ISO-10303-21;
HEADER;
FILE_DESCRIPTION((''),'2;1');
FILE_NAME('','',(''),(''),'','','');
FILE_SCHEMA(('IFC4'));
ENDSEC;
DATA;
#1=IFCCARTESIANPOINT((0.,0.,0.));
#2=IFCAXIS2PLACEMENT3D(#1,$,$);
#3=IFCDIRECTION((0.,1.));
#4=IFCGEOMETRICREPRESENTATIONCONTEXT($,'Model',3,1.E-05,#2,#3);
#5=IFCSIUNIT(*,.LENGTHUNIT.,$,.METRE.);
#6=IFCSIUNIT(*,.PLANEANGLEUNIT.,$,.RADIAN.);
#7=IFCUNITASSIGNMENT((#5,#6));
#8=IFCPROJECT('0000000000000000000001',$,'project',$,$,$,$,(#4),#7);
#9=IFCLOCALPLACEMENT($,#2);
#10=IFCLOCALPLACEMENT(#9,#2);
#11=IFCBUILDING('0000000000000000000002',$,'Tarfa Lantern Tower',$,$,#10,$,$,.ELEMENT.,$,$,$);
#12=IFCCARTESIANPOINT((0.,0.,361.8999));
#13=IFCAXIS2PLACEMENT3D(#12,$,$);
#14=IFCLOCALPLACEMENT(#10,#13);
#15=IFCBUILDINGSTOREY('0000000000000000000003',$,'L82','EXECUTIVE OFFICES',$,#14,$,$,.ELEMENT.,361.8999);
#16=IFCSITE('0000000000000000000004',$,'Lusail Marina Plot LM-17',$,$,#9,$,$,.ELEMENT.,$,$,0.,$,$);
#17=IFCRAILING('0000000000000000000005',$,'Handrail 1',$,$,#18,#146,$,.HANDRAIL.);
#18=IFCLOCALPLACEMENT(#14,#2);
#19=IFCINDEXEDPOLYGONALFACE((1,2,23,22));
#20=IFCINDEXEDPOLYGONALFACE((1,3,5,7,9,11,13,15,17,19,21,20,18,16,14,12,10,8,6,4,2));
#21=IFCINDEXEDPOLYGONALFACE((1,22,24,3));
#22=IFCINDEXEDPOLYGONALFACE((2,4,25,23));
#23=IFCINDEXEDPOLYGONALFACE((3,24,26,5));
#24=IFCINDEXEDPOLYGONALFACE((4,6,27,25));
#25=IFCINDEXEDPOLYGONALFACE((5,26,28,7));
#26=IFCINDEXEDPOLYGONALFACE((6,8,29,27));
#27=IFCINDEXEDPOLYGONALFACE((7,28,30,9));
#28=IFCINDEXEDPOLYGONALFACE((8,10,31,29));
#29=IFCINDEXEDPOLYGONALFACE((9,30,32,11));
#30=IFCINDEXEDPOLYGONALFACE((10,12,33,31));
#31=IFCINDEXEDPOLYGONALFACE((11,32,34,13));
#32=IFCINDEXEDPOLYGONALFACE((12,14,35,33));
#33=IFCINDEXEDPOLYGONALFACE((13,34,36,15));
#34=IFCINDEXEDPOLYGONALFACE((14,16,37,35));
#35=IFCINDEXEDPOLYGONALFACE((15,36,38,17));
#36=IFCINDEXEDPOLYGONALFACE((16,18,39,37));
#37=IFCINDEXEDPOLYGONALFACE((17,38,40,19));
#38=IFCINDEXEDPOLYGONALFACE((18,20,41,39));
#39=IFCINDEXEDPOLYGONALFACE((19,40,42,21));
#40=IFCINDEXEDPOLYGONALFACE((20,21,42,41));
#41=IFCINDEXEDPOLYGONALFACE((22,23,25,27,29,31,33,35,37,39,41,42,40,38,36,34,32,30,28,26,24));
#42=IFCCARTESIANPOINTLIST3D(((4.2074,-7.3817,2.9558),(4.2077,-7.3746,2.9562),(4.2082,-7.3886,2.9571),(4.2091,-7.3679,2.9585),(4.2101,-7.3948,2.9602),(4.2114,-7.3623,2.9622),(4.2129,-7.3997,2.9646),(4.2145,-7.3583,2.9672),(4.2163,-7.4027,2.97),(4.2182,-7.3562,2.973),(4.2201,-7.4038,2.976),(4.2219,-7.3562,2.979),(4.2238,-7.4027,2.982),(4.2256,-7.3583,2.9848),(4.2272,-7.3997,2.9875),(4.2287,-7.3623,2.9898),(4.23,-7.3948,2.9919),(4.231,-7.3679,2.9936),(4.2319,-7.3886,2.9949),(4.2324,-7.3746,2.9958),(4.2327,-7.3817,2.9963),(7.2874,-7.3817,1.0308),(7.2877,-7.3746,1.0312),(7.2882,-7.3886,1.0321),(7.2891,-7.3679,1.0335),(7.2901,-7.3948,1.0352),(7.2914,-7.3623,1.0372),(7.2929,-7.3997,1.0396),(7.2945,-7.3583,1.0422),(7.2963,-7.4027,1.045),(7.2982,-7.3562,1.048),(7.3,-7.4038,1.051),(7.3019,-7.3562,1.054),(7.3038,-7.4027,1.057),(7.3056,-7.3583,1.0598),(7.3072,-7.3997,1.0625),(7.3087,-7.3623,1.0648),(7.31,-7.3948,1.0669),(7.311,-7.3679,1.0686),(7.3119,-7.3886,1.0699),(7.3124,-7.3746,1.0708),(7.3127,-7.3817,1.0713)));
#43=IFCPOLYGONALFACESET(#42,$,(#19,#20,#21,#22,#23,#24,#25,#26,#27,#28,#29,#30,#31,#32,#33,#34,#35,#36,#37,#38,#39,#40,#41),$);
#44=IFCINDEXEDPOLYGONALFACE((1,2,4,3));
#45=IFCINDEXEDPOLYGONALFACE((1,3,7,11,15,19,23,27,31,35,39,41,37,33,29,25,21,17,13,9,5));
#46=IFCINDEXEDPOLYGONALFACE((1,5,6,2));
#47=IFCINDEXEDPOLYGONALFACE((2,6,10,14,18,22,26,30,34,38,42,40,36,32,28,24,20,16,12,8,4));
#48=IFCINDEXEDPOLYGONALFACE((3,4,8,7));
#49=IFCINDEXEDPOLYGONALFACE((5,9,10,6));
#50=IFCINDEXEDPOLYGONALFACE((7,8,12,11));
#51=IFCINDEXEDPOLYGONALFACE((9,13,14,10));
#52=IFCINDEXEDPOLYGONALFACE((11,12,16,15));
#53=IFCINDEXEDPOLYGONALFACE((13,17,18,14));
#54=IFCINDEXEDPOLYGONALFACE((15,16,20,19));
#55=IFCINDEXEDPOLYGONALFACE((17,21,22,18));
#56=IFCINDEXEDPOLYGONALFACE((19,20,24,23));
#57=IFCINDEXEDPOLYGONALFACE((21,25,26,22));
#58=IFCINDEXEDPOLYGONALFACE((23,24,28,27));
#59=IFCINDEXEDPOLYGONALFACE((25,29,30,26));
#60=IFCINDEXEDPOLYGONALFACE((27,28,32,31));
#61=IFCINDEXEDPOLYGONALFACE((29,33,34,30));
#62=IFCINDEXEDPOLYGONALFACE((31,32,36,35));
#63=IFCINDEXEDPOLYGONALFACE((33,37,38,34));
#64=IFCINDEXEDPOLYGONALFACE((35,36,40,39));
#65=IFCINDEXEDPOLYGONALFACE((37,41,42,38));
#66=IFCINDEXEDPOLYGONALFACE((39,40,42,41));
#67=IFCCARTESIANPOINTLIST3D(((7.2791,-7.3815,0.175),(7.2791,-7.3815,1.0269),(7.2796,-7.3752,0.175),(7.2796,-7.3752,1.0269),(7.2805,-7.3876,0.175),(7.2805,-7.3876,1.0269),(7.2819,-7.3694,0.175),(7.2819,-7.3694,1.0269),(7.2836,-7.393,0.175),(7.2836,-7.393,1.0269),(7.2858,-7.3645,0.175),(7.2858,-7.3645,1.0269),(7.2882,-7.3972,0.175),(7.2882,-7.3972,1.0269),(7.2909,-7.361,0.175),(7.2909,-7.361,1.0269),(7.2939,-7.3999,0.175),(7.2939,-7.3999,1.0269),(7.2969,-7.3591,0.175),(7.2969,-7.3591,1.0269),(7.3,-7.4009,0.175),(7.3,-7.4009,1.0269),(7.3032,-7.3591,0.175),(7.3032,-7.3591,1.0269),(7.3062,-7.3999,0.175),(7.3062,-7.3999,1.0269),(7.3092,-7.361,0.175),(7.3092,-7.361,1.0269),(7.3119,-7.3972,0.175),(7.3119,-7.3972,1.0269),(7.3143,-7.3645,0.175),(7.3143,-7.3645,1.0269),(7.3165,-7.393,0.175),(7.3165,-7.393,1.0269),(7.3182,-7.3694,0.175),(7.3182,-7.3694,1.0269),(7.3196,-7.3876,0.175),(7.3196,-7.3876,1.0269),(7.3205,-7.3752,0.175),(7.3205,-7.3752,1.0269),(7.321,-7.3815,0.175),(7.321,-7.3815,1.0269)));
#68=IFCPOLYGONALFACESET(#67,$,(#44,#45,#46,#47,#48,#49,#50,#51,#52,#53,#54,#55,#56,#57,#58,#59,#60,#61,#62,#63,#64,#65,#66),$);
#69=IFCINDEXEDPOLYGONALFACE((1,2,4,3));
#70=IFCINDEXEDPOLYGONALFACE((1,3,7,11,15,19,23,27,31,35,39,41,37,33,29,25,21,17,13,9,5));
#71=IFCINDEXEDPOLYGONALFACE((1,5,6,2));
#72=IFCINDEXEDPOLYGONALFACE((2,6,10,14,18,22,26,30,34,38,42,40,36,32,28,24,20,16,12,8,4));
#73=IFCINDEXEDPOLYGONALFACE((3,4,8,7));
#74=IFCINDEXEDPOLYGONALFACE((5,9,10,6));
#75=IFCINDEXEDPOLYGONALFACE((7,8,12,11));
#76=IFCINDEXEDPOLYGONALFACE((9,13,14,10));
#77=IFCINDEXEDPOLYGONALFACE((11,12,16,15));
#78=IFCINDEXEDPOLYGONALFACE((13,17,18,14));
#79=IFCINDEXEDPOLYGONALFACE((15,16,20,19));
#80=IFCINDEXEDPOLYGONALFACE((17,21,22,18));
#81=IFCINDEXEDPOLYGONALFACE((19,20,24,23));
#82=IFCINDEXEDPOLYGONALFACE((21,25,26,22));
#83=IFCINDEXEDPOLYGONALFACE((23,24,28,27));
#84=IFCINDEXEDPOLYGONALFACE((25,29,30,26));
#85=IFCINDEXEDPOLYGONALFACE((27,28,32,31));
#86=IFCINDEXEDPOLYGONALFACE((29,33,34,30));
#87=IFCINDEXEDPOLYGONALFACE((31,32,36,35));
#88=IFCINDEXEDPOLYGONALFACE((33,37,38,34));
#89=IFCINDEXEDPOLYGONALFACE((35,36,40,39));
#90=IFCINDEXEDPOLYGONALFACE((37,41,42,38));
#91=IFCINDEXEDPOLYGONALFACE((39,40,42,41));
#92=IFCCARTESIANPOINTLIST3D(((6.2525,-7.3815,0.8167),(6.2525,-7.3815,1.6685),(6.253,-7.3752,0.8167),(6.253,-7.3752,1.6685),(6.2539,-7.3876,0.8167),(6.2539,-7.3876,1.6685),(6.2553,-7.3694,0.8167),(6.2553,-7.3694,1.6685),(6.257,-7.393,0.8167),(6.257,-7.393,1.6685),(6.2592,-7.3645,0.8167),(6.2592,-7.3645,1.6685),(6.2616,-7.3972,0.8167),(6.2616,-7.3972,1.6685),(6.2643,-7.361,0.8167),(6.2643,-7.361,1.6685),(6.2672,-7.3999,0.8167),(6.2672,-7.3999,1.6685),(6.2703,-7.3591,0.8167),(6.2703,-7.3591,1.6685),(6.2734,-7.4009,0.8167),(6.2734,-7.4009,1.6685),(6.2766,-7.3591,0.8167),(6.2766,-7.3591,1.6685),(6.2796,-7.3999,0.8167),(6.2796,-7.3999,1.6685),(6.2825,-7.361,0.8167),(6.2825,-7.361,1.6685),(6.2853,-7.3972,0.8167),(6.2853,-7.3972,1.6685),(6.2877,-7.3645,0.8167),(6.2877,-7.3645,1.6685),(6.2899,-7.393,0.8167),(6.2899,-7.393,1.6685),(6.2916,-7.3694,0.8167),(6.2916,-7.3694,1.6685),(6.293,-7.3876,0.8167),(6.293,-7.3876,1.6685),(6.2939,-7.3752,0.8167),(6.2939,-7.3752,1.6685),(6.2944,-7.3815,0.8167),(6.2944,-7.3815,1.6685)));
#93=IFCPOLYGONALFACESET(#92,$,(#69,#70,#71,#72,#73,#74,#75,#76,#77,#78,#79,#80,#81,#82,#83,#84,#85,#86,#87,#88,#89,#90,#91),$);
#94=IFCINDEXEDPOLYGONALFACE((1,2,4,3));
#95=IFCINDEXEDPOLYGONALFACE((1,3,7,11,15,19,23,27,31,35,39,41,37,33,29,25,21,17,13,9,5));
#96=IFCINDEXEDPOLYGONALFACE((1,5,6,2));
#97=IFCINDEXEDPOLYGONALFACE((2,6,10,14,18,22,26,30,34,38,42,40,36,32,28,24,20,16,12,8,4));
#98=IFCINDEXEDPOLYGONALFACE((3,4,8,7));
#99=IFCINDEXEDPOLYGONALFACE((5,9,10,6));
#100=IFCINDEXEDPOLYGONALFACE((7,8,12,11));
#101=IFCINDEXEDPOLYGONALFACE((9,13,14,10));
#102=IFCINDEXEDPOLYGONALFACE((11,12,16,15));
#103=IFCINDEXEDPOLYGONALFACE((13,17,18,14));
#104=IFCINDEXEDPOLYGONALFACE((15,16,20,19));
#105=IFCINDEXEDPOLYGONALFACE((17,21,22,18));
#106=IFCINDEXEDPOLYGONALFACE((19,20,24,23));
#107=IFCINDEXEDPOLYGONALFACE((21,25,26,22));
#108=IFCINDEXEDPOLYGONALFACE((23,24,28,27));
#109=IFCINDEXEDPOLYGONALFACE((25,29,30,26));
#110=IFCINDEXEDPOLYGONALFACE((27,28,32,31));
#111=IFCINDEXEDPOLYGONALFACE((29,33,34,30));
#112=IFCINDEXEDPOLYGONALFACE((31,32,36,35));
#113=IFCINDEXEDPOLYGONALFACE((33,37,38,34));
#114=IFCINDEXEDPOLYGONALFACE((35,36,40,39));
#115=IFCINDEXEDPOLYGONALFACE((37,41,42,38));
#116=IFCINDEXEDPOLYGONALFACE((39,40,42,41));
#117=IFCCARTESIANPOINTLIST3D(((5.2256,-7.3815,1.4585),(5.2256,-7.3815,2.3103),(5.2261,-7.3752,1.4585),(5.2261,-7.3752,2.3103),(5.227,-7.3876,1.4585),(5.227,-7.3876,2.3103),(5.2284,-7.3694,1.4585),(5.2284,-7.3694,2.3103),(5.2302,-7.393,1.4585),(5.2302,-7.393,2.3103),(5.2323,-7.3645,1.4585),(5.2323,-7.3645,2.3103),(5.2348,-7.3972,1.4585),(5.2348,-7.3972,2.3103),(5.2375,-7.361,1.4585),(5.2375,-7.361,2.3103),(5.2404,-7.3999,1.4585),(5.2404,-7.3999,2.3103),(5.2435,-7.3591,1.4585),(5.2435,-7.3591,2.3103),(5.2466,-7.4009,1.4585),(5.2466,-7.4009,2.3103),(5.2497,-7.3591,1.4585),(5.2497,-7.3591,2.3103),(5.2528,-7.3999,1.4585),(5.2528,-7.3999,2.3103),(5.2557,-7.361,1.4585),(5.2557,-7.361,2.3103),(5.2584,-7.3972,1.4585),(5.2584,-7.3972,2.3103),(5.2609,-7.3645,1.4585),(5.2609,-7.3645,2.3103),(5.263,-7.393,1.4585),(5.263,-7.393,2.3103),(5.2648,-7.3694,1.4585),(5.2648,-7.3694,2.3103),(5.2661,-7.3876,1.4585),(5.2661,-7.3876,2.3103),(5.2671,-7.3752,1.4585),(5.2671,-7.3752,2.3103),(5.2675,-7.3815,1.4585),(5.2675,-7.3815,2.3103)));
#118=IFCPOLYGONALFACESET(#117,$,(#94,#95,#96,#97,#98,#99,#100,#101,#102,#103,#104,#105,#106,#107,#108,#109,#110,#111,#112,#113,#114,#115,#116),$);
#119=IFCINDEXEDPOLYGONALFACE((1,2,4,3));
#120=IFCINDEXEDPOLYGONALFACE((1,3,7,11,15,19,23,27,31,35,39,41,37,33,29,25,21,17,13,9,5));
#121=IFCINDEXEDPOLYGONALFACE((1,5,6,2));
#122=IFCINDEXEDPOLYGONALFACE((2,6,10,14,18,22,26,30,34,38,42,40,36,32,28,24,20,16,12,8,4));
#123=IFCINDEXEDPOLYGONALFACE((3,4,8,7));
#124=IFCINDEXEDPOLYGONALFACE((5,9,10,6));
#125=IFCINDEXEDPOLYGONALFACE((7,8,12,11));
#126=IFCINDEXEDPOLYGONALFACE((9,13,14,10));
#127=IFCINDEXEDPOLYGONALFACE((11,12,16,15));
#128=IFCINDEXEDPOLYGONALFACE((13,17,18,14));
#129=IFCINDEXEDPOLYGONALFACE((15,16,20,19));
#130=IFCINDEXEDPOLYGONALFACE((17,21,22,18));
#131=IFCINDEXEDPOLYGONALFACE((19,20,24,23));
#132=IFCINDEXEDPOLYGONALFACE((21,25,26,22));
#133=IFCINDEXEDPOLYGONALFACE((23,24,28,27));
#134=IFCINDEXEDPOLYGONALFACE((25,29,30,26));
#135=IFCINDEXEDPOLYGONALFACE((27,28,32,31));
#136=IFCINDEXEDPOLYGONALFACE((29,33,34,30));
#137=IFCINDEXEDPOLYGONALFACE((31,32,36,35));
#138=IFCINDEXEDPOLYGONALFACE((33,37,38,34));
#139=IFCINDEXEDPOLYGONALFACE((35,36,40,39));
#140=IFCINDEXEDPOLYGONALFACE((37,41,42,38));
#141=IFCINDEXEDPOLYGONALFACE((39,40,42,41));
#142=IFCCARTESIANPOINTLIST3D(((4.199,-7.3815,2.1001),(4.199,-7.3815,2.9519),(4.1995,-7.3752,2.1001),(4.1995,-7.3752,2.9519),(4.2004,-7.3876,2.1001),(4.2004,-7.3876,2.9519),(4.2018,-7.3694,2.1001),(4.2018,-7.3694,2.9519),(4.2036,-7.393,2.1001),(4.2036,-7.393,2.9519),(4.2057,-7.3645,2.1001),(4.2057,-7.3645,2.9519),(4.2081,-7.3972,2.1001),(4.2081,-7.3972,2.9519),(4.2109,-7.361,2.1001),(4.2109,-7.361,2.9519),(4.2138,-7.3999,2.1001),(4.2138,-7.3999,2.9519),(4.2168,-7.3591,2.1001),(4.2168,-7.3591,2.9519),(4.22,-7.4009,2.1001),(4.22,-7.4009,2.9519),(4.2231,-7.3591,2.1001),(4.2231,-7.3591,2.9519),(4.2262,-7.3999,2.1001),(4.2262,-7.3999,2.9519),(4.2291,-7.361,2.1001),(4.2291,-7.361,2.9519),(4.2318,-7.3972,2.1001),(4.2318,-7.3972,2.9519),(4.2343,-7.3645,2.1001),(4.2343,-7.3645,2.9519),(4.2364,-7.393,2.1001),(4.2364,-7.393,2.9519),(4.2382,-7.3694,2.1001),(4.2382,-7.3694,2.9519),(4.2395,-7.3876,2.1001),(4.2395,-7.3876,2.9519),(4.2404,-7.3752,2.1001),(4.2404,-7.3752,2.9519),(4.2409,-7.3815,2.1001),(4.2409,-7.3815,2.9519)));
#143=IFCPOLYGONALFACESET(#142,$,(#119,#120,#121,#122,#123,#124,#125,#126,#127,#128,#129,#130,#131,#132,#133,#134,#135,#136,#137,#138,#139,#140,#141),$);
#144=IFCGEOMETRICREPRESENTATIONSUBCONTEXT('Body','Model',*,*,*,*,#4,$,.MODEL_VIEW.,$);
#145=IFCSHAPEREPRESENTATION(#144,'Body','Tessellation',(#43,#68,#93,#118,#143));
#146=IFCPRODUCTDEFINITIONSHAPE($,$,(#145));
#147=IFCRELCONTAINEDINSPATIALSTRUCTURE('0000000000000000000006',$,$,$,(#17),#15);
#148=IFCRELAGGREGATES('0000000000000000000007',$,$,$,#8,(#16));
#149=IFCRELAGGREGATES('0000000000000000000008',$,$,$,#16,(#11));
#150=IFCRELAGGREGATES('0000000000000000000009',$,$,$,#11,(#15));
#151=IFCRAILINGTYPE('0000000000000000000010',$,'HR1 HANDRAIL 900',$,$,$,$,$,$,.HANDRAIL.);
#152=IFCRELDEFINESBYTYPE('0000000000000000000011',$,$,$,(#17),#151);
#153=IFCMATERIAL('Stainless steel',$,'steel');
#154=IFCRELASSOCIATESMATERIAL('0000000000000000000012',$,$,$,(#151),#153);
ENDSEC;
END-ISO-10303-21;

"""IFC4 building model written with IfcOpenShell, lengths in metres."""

from ifc_helpers import new_model, si_unit, direction, frame, origin, origin_2d, place, context, subcontext, project, spatial, circle, extrude, material, type_object, element, save


model = new_model("IFC4")

# Units and contexts
model_context = context("Model", 3, precision=1e-05, world=origin(), true_north=direction((0.0, 1.0)))
body_context = subcontext(model_context, "Body", "Model", "MODEL_VIEW")
ifc_project = project(units=[si_unit("LENGTHUNIT", "METRE"), si_unit("PLANEANGLEUNIT", "RADIAN")], contexts=[model_context])

# Site, building, storey
site_placement = place(None, origin())
site = spatial("IfcSite", under=ifc_project, at=site_placement, Name="Lusail Marina Plot LM-17", CompositionType="ELEMENT", RefElevation=0.0)
building_placement = place(site_placement, origin())
building = spatial("IfcBuilding", under=site, at=building_placement, Name="Tarfa Lantern Tower", CompositionType="ELEMENT")
storey_placement = place(building_placement, frame((0.0, 0.0, 361.8999)))
storey = spatial("IfcBuildingStorey", under=building, at=storey_placement, Name="L82", Description="EXECUTIVE OFFICES", CompositionType="ELEMENT", Elevation=361.8999)

# Railing
ifc_material_1 = material(Name="Stainless steel", Category="steel")
railing_type = type_object("IfcRailingType", Name="HR1 HANDRAIL 900", PredefinedType="HANDRAIL", material=ifc_material_1)
railing_1_placement = place(storey_placement, frame((7.3, -7.3799, 0.175)))
element("IfcRailing", 1, at=railing_1_placement, inside=storey, type_object=railing_type, Name="Handrail 1", PredefinedType="HANDRAIL", context=body_context, shape_type="SweptSolid", body=[
    extrude(circle(Radius=0.0239, at=origin_2d()), frame((0.0, 0.0, 0.876), z_axis=(-0.847998, 0.0, 0.529999), x_axis=(0.0, -1.0, 0.0)), (0.0, 0.0, 1.0), 3.6321),
    extrude(circle(Radius=0.021, at=origin_2d()), frame((0.0, 0.0, 0.0), z_axis=(0.0, 0.0, 1.0), x_axis=(0.0, -1.0, 0.0)), (0.0, 0.0, 1.0), 0.8518),
    extrude(circle(Radius=0.021, at=origin_2d()), frame((-1.0266, 0.0, 0.6416), z_axis=(0.0, 0.0, 1.0), x_axis=(0.0, -1.0, 0.0)), (0.0, 0.0, 1.0), 0.8518),
    extrude(circle(Radius=0.021, at=origin_2d()), frame((-2.0535, 0.0, 1.2834), z_axis=(0.0, 0.0, 1.0), x_axis=(0.0, -1.0, 0.0)), (0.0, 0.0, 1.0), 0.8518),
    extrude(circle(Radius=0.021, at=origin_2d()), frame((-3.0801, 0.0, 1.925), z_axis=(0.0, 0.0, 1.0), x_axis=(0.0, -1.0, 0.0)), (0.0, 0.0, 1.0), 0.8518),
])

save(model, "model.ifc")
